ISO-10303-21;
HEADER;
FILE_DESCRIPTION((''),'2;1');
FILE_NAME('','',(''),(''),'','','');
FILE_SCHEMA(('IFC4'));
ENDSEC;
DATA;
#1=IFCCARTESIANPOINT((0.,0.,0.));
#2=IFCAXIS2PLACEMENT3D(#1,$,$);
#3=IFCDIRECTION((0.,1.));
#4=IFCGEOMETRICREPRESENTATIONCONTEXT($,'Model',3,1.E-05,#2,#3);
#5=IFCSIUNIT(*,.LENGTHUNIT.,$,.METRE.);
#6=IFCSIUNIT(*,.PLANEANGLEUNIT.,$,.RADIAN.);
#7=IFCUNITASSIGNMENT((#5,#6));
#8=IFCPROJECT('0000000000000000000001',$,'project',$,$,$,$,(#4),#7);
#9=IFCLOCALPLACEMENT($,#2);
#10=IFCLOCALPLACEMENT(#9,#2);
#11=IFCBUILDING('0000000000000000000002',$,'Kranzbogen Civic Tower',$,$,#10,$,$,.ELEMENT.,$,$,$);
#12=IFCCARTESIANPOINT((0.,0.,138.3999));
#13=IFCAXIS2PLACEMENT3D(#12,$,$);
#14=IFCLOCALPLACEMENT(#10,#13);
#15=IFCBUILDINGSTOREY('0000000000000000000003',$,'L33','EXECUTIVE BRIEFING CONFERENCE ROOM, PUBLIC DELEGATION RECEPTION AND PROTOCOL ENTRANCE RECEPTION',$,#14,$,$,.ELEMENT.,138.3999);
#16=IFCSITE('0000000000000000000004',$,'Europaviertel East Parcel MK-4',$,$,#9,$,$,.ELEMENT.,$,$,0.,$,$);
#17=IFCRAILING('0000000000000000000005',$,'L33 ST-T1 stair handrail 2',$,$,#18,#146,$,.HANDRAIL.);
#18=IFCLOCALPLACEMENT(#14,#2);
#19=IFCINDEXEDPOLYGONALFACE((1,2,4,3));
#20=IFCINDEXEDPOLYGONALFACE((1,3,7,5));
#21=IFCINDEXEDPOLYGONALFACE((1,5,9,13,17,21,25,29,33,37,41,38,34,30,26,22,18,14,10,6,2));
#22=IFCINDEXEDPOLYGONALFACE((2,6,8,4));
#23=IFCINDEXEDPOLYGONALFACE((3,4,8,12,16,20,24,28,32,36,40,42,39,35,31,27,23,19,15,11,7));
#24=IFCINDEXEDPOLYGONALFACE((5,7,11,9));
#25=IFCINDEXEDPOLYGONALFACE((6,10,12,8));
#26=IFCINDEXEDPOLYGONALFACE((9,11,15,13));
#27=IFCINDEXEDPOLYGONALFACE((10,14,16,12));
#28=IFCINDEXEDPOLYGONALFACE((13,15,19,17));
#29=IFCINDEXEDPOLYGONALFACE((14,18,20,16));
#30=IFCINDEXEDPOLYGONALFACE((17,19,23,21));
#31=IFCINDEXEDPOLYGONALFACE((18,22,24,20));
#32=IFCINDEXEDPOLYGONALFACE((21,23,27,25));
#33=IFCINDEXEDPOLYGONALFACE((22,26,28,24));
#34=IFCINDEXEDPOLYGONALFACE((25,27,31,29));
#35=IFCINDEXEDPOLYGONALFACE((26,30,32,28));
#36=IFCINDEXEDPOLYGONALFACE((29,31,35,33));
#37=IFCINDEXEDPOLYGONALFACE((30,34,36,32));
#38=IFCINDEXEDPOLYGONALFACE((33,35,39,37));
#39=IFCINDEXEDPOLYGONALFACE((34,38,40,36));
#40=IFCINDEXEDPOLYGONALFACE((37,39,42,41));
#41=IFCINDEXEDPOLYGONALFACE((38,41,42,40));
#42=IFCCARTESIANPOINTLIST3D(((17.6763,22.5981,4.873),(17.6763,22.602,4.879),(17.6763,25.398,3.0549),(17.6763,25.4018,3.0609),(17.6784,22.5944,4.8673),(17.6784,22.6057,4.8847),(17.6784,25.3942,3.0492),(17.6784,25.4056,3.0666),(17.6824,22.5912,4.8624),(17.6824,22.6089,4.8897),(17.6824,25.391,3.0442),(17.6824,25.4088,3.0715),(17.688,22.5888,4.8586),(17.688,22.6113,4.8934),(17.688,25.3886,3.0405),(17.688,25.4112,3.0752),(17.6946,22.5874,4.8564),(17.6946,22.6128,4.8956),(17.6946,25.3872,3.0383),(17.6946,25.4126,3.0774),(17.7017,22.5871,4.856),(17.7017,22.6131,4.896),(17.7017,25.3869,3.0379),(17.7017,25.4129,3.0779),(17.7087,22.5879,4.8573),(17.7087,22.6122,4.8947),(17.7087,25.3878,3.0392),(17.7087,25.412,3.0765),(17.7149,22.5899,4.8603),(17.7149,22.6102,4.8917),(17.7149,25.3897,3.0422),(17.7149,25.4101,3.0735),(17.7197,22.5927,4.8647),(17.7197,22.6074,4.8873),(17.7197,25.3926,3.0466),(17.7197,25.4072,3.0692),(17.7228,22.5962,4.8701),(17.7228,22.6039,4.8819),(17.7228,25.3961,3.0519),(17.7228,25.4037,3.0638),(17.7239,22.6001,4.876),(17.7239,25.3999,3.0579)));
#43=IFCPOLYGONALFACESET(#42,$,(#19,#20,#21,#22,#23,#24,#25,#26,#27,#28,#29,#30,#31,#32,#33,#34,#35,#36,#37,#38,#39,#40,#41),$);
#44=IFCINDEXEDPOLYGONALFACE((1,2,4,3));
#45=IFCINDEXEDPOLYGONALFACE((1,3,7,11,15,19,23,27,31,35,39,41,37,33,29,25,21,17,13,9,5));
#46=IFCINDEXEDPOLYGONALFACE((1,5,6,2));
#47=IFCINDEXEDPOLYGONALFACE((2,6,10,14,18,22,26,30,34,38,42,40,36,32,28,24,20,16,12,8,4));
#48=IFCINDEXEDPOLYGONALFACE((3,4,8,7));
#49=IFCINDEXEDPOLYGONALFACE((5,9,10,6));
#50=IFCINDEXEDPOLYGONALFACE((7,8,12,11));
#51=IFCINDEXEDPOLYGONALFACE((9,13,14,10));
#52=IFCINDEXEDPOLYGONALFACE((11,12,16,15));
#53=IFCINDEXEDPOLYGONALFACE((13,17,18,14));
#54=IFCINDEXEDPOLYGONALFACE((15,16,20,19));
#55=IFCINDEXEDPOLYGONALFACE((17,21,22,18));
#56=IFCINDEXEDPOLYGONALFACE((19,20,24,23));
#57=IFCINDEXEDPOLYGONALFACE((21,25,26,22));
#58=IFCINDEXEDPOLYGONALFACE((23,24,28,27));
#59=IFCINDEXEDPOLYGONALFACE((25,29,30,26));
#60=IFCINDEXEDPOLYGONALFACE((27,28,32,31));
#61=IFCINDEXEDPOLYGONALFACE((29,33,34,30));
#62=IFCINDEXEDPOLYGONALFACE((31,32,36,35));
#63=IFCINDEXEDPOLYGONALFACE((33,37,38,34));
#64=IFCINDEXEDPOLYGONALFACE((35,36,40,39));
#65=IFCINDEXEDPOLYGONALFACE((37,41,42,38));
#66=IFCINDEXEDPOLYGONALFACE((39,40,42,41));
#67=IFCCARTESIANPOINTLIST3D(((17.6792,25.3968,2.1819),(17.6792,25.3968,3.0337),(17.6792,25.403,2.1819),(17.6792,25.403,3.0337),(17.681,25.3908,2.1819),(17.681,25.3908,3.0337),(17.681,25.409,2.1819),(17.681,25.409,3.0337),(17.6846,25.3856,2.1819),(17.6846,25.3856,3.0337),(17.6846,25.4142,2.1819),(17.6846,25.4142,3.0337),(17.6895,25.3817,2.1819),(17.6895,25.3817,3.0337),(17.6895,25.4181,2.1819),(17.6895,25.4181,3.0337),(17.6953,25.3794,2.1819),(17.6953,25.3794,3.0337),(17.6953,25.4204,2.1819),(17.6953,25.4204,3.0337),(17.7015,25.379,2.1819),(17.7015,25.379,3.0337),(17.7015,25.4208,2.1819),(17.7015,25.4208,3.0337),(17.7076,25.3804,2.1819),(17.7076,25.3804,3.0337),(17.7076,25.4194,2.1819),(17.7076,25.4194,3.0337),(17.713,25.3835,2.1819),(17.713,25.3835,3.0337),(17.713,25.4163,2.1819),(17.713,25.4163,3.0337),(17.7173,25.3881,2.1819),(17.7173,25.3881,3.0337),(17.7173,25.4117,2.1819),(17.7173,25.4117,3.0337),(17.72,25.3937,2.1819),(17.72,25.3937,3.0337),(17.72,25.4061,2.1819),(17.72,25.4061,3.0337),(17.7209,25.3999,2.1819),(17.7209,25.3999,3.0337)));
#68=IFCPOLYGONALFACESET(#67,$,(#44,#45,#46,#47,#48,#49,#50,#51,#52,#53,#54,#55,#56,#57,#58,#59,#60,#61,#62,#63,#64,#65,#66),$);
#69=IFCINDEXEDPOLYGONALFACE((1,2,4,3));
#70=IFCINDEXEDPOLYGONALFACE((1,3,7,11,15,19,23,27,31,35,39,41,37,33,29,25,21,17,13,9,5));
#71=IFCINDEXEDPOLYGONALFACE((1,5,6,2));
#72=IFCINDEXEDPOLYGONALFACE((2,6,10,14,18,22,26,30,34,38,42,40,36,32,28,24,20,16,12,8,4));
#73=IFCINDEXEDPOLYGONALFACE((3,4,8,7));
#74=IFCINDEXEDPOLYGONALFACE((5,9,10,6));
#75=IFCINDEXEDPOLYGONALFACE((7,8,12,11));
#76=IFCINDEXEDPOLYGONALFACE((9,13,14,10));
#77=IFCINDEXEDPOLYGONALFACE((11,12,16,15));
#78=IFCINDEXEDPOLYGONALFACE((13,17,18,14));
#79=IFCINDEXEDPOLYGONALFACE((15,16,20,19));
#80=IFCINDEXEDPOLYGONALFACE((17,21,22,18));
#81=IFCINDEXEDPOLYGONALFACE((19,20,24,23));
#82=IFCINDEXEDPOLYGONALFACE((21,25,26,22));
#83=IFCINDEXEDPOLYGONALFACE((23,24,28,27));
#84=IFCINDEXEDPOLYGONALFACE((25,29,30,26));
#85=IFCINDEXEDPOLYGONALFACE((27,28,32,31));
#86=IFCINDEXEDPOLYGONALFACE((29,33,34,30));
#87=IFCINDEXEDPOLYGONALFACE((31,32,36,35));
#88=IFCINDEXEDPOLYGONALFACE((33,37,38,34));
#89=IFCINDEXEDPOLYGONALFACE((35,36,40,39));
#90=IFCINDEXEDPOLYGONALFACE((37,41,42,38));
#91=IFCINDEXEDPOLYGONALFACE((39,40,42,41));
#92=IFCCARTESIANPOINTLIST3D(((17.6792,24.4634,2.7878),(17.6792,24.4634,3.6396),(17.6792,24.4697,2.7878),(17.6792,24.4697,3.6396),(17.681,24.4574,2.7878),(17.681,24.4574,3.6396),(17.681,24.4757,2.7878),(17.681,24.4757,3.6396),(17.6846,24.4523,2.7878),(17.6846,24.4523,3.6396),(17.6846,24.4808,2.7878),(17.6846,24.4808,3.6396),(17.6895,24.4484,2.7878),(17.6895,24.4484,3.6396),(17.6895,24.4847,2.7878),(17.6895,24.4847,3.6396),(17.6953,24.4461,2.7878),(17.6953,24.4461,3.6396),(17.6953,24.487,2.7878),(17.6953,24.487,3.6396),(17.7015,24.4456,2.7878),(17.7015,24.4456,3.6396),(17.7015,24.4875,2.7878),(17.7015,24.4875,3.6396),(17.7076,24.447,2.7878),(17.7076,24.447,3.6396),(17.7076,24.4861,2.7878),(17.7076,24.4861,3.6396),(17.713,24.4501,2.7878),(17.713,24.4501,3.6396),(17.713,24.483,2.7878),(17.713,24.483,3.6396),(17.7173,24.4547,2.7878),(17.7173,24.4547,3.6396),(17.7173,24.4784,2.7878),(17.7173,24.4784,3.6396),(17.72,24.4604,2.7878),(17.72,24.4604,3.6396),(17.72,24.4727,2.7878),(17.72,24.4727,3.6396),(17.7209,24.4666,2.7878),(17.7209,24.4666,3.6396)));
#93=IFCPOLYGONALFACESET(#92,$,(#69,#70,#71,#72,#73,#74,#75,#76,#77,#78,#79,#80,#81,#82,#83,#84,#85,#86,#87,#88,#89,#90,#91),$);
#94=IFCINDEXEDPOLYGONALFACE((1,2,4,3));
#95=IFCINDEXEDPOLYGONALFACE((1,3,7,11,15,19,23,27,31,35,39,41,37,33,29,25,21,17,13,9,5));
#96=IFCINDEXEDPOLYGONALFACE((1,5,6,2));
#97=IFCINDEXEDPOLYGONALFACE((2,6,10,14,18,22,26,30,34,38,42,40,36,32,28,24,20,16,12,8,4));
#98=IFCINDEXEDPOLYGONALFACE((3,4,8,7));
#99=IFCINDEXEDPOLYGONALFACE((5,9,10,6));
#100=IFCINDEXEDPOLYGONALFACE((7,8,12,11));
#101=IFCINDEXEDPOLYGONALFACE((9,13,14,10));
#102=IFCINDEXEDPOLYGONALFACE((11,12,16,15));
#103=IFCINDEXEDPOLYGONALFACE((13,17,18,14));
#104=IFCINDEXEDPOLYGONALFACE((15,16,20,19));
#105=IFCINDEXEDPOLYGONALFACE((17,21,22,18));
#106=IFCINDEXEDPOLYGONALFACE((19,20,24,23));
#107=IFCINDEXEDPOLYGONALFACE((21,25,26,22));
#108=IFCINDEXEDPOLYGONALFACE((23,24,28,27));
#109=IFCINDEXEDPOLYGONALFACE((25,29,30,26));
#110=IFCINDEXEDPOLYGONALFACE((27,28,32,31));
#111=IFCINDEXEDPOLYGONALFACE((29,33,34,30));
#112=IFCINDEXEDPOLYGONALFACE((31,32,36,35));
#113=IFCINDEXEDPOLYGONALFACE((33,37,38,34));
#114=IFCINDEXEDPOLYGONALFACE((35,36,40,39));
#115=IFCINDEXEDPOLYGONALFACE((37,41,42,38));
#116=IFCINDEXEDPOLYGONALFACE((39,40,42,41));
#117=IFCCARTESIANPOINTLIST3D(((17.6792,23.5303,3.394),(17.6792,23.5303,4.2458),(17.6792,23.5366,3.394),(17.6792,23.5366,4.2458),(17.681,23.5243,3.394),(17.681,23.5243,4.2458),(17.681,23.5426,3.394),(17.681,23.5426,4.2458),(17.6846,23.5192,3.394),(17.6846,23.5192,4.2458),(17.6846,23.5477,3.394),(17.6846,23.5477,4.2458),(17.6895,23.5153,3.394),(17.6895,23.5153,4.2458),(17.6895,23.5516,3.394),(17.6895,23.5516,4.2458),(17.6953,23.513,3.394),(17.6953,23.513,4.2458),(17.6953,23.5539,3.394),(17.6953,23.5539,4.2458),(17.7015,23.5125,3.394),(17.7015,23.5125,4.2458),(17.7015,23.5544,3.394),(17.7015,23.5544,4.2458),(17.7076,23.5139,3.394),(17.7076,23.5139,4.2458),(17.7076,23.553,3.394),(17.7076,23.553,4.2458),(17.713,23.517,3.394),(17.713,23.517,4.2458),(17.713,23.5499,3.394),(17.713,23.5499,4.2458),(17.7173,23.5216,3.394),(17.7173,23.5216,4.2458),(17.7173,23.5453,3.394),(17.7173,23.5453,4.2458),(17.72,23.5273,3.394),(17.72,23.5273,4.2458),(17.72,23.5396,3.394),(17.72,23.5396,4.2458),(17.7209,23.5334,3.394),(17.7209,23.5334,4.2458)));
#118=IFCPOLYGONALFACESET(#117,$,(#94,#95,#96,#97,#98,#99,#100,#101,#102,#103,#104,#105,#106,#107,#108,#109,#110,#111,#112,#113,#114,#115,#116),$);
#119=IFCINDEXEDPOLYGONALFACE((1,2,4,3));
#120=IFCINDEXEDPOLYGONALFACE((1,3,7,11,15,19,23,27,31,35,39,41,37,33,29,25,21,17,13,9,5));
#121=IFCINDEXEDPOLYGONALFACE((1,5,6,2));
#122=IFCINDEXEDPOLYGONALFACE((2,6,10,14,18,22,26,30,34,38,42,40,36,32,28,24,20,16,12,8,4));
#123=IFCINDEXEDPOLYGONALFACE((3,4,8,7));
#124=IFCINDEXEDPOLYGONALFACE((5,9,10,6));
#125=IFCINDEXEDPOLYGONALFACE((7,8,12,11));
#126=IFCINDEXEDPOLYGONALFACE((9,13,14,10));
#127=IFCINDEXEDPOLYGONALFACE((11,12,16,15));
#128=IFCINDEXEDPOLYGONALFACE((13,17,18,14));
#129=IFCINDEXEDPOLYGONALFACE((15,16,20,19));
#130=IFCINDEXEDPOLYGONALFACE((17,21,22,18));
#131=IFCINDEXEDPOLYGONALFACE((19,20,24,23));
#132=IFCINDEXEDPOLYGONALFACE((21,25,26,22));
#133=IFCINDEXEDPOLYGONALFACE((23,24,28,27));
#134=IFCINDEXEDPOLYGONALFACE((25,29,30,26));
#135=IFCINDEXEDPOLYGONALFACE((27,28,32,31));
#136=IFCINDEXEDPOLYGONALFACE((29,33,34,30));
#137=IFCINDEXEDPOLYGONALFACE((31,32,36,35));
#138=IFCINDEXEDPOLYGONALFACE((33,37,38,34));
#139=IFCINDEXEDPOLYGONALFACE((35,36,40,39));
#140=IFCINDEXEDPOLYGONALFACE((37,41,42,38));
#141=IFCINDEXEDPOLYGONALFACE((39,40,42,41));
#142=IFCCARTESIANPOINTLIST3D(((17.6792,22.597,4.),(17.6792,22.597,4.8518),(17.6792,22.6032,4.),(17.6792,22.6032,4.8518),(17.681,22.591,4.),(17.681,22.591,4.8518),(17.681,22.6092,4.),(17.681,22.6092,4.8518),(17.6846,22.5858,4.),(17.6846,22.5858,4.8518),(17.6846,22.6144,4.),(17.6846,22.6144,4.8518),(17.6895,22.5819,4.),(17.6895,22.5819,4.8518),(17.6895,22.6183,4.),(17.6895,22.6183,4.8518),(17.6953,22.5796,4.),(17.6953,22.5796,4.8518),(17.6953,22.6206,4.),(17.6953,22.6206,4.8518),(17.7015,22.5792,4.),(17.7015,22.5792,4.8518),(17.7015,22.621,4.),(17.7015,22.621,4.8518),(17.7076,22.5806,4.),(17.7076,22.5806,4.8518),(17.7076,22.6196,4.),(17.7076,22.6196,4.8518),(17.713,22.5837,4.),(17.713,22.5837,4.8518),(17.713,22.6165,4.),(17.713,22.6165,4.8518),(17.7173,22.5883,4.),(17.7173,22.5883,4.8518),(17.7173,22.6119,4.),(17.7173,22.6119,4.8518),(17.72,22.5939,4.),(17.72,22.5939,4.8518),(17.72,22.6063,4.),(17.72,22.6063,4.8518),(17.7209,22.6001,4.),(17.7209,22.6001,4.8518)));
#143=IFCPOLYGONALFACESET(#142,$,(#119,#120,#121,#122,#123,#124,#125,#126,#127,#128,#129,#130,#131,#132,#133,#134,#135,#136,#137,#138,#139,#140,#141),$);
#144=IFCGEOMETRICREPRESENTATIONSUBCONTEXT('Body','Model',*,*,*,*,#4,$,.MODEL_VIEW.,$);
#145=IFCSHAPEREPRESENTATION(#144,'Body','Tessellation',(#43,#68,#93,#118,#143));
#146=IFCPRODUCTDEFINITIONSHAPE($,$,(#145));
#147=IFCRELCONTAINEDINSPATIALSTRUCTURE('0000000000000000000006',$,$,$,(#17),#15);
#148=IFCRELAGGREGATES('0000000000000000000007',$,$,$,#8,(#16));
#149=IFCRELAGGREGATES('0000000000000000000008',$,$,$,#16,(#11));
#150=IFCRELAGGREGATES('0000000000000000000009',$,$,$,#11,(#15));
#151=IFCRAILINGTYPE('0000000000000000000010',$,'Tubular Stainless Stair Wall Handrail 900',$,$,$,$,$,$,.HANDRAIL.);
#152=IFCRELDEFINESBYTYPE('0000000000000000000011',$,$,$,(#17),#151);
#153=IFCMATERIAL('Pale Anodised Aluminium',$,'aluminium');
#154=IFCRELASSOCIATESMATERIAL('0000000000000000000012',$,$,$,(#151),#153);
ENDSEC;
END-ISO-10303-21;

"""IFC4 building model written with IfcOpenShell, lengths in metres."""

from ifc_helpers import new_model, si_unit, direction, frame, origin, origin_2d, place, context, subcontext, project, spatial, circle, extrude, material, type_object, element, save


model = new_model("IFC4")

# Units and contexts
model_context = context("Model", 3, precision=1e-05, world=origin(), true_north=direction((0.0, 1.0)))
body_context = subcontext(model_context, "Body", "Model", "MODEL_VIEW")
ifc_project = project(units=[si_unit("LENGTHUNIT", "METRE"), si_unit("PLANEANGLEUNIT", "RADIAN")], contexts=[model_context])

# Site, building, storey
site_placement = place(None, origin())
site = spatial("IfcSite", under=ifc_project, at=site_placement, Name="Europaviertel East Parcel MK-4", CompositionType="ELEMENT", RefElevation=0.0)
building_placement = place(site_placement, origin())
building = spatial("IfcBuilding", under=site, at=building_placement, Name="Kranzbogen Civic Tower", CompositionType="ELEMENT")
storey_placement = place(building_placement, frame((0.0, 0.0, 138.3999)))
storey = spatial("IfcBuildingStorey", under=building, at=storey_placement, Name="L33", Description="EXECUTIVE BRIEFING CONFERENCE ROOM, PUBLIC DELEGATION RECEPTION AND PROTOCOL ENTRANCE RECEPTION", CompositionType="ELEMENT", Elevation=138.3999)

# Shared definitions
ifc_material_1 = material(Name="Pale Anodised Aluminium", Category="aluminium")

# Railing
railing_type_1 = type_object("IfcRailingType", Name="Tubular Stainless Stair Wall Handrail 900", PredefinedType="HANDRAIL", material=ifc_material_1)
railing_1_placement = place(storey_placement, frame((17.7, 25.3999, 2.1819)))
element("IfcRailing", 1, at=railing_1_placement, inside=storey, type_object=railing_type_1, Name="L33 ST-T1 stair handrail 2", PredefinedType="HANDRAIL", context=body_context, shape_type="SweptSolid", body=[
    extrude(circle(Radius=0.0239, at=origin_2d()), frame((0.0, 0.0, 0.876), z_axis=(0.0, -0.838684, 0.544618), x_axis=(1.0, 0.0, 0.0)), (0.0, 0.0, 1.0), 3.3384),
    extrude(circle(Radius=0.021, at=origin_2d()), origin(), (0.0, 0.0, 1.0), 0.8518),
    extrude(circle(Radius=0.021, at=origin_2d()), frame((0.0, -0.9333, 0.606)), (0.0, 0.0, 1.0), 0.8518),
    extrude(circle(Radius=0.021, at=origin_2d()), frame((0.0, -1.8665, 1.2122)), (0.0, 0.0, 1.0), 0.8518),
    extrude(circle(Radius=0.021, at=origin_2d()), frame((0.0, -2.7998, 1.8181)), (0.0, 0.0, 1.0), 0.8518),
])

save(model, "model.ifc")
